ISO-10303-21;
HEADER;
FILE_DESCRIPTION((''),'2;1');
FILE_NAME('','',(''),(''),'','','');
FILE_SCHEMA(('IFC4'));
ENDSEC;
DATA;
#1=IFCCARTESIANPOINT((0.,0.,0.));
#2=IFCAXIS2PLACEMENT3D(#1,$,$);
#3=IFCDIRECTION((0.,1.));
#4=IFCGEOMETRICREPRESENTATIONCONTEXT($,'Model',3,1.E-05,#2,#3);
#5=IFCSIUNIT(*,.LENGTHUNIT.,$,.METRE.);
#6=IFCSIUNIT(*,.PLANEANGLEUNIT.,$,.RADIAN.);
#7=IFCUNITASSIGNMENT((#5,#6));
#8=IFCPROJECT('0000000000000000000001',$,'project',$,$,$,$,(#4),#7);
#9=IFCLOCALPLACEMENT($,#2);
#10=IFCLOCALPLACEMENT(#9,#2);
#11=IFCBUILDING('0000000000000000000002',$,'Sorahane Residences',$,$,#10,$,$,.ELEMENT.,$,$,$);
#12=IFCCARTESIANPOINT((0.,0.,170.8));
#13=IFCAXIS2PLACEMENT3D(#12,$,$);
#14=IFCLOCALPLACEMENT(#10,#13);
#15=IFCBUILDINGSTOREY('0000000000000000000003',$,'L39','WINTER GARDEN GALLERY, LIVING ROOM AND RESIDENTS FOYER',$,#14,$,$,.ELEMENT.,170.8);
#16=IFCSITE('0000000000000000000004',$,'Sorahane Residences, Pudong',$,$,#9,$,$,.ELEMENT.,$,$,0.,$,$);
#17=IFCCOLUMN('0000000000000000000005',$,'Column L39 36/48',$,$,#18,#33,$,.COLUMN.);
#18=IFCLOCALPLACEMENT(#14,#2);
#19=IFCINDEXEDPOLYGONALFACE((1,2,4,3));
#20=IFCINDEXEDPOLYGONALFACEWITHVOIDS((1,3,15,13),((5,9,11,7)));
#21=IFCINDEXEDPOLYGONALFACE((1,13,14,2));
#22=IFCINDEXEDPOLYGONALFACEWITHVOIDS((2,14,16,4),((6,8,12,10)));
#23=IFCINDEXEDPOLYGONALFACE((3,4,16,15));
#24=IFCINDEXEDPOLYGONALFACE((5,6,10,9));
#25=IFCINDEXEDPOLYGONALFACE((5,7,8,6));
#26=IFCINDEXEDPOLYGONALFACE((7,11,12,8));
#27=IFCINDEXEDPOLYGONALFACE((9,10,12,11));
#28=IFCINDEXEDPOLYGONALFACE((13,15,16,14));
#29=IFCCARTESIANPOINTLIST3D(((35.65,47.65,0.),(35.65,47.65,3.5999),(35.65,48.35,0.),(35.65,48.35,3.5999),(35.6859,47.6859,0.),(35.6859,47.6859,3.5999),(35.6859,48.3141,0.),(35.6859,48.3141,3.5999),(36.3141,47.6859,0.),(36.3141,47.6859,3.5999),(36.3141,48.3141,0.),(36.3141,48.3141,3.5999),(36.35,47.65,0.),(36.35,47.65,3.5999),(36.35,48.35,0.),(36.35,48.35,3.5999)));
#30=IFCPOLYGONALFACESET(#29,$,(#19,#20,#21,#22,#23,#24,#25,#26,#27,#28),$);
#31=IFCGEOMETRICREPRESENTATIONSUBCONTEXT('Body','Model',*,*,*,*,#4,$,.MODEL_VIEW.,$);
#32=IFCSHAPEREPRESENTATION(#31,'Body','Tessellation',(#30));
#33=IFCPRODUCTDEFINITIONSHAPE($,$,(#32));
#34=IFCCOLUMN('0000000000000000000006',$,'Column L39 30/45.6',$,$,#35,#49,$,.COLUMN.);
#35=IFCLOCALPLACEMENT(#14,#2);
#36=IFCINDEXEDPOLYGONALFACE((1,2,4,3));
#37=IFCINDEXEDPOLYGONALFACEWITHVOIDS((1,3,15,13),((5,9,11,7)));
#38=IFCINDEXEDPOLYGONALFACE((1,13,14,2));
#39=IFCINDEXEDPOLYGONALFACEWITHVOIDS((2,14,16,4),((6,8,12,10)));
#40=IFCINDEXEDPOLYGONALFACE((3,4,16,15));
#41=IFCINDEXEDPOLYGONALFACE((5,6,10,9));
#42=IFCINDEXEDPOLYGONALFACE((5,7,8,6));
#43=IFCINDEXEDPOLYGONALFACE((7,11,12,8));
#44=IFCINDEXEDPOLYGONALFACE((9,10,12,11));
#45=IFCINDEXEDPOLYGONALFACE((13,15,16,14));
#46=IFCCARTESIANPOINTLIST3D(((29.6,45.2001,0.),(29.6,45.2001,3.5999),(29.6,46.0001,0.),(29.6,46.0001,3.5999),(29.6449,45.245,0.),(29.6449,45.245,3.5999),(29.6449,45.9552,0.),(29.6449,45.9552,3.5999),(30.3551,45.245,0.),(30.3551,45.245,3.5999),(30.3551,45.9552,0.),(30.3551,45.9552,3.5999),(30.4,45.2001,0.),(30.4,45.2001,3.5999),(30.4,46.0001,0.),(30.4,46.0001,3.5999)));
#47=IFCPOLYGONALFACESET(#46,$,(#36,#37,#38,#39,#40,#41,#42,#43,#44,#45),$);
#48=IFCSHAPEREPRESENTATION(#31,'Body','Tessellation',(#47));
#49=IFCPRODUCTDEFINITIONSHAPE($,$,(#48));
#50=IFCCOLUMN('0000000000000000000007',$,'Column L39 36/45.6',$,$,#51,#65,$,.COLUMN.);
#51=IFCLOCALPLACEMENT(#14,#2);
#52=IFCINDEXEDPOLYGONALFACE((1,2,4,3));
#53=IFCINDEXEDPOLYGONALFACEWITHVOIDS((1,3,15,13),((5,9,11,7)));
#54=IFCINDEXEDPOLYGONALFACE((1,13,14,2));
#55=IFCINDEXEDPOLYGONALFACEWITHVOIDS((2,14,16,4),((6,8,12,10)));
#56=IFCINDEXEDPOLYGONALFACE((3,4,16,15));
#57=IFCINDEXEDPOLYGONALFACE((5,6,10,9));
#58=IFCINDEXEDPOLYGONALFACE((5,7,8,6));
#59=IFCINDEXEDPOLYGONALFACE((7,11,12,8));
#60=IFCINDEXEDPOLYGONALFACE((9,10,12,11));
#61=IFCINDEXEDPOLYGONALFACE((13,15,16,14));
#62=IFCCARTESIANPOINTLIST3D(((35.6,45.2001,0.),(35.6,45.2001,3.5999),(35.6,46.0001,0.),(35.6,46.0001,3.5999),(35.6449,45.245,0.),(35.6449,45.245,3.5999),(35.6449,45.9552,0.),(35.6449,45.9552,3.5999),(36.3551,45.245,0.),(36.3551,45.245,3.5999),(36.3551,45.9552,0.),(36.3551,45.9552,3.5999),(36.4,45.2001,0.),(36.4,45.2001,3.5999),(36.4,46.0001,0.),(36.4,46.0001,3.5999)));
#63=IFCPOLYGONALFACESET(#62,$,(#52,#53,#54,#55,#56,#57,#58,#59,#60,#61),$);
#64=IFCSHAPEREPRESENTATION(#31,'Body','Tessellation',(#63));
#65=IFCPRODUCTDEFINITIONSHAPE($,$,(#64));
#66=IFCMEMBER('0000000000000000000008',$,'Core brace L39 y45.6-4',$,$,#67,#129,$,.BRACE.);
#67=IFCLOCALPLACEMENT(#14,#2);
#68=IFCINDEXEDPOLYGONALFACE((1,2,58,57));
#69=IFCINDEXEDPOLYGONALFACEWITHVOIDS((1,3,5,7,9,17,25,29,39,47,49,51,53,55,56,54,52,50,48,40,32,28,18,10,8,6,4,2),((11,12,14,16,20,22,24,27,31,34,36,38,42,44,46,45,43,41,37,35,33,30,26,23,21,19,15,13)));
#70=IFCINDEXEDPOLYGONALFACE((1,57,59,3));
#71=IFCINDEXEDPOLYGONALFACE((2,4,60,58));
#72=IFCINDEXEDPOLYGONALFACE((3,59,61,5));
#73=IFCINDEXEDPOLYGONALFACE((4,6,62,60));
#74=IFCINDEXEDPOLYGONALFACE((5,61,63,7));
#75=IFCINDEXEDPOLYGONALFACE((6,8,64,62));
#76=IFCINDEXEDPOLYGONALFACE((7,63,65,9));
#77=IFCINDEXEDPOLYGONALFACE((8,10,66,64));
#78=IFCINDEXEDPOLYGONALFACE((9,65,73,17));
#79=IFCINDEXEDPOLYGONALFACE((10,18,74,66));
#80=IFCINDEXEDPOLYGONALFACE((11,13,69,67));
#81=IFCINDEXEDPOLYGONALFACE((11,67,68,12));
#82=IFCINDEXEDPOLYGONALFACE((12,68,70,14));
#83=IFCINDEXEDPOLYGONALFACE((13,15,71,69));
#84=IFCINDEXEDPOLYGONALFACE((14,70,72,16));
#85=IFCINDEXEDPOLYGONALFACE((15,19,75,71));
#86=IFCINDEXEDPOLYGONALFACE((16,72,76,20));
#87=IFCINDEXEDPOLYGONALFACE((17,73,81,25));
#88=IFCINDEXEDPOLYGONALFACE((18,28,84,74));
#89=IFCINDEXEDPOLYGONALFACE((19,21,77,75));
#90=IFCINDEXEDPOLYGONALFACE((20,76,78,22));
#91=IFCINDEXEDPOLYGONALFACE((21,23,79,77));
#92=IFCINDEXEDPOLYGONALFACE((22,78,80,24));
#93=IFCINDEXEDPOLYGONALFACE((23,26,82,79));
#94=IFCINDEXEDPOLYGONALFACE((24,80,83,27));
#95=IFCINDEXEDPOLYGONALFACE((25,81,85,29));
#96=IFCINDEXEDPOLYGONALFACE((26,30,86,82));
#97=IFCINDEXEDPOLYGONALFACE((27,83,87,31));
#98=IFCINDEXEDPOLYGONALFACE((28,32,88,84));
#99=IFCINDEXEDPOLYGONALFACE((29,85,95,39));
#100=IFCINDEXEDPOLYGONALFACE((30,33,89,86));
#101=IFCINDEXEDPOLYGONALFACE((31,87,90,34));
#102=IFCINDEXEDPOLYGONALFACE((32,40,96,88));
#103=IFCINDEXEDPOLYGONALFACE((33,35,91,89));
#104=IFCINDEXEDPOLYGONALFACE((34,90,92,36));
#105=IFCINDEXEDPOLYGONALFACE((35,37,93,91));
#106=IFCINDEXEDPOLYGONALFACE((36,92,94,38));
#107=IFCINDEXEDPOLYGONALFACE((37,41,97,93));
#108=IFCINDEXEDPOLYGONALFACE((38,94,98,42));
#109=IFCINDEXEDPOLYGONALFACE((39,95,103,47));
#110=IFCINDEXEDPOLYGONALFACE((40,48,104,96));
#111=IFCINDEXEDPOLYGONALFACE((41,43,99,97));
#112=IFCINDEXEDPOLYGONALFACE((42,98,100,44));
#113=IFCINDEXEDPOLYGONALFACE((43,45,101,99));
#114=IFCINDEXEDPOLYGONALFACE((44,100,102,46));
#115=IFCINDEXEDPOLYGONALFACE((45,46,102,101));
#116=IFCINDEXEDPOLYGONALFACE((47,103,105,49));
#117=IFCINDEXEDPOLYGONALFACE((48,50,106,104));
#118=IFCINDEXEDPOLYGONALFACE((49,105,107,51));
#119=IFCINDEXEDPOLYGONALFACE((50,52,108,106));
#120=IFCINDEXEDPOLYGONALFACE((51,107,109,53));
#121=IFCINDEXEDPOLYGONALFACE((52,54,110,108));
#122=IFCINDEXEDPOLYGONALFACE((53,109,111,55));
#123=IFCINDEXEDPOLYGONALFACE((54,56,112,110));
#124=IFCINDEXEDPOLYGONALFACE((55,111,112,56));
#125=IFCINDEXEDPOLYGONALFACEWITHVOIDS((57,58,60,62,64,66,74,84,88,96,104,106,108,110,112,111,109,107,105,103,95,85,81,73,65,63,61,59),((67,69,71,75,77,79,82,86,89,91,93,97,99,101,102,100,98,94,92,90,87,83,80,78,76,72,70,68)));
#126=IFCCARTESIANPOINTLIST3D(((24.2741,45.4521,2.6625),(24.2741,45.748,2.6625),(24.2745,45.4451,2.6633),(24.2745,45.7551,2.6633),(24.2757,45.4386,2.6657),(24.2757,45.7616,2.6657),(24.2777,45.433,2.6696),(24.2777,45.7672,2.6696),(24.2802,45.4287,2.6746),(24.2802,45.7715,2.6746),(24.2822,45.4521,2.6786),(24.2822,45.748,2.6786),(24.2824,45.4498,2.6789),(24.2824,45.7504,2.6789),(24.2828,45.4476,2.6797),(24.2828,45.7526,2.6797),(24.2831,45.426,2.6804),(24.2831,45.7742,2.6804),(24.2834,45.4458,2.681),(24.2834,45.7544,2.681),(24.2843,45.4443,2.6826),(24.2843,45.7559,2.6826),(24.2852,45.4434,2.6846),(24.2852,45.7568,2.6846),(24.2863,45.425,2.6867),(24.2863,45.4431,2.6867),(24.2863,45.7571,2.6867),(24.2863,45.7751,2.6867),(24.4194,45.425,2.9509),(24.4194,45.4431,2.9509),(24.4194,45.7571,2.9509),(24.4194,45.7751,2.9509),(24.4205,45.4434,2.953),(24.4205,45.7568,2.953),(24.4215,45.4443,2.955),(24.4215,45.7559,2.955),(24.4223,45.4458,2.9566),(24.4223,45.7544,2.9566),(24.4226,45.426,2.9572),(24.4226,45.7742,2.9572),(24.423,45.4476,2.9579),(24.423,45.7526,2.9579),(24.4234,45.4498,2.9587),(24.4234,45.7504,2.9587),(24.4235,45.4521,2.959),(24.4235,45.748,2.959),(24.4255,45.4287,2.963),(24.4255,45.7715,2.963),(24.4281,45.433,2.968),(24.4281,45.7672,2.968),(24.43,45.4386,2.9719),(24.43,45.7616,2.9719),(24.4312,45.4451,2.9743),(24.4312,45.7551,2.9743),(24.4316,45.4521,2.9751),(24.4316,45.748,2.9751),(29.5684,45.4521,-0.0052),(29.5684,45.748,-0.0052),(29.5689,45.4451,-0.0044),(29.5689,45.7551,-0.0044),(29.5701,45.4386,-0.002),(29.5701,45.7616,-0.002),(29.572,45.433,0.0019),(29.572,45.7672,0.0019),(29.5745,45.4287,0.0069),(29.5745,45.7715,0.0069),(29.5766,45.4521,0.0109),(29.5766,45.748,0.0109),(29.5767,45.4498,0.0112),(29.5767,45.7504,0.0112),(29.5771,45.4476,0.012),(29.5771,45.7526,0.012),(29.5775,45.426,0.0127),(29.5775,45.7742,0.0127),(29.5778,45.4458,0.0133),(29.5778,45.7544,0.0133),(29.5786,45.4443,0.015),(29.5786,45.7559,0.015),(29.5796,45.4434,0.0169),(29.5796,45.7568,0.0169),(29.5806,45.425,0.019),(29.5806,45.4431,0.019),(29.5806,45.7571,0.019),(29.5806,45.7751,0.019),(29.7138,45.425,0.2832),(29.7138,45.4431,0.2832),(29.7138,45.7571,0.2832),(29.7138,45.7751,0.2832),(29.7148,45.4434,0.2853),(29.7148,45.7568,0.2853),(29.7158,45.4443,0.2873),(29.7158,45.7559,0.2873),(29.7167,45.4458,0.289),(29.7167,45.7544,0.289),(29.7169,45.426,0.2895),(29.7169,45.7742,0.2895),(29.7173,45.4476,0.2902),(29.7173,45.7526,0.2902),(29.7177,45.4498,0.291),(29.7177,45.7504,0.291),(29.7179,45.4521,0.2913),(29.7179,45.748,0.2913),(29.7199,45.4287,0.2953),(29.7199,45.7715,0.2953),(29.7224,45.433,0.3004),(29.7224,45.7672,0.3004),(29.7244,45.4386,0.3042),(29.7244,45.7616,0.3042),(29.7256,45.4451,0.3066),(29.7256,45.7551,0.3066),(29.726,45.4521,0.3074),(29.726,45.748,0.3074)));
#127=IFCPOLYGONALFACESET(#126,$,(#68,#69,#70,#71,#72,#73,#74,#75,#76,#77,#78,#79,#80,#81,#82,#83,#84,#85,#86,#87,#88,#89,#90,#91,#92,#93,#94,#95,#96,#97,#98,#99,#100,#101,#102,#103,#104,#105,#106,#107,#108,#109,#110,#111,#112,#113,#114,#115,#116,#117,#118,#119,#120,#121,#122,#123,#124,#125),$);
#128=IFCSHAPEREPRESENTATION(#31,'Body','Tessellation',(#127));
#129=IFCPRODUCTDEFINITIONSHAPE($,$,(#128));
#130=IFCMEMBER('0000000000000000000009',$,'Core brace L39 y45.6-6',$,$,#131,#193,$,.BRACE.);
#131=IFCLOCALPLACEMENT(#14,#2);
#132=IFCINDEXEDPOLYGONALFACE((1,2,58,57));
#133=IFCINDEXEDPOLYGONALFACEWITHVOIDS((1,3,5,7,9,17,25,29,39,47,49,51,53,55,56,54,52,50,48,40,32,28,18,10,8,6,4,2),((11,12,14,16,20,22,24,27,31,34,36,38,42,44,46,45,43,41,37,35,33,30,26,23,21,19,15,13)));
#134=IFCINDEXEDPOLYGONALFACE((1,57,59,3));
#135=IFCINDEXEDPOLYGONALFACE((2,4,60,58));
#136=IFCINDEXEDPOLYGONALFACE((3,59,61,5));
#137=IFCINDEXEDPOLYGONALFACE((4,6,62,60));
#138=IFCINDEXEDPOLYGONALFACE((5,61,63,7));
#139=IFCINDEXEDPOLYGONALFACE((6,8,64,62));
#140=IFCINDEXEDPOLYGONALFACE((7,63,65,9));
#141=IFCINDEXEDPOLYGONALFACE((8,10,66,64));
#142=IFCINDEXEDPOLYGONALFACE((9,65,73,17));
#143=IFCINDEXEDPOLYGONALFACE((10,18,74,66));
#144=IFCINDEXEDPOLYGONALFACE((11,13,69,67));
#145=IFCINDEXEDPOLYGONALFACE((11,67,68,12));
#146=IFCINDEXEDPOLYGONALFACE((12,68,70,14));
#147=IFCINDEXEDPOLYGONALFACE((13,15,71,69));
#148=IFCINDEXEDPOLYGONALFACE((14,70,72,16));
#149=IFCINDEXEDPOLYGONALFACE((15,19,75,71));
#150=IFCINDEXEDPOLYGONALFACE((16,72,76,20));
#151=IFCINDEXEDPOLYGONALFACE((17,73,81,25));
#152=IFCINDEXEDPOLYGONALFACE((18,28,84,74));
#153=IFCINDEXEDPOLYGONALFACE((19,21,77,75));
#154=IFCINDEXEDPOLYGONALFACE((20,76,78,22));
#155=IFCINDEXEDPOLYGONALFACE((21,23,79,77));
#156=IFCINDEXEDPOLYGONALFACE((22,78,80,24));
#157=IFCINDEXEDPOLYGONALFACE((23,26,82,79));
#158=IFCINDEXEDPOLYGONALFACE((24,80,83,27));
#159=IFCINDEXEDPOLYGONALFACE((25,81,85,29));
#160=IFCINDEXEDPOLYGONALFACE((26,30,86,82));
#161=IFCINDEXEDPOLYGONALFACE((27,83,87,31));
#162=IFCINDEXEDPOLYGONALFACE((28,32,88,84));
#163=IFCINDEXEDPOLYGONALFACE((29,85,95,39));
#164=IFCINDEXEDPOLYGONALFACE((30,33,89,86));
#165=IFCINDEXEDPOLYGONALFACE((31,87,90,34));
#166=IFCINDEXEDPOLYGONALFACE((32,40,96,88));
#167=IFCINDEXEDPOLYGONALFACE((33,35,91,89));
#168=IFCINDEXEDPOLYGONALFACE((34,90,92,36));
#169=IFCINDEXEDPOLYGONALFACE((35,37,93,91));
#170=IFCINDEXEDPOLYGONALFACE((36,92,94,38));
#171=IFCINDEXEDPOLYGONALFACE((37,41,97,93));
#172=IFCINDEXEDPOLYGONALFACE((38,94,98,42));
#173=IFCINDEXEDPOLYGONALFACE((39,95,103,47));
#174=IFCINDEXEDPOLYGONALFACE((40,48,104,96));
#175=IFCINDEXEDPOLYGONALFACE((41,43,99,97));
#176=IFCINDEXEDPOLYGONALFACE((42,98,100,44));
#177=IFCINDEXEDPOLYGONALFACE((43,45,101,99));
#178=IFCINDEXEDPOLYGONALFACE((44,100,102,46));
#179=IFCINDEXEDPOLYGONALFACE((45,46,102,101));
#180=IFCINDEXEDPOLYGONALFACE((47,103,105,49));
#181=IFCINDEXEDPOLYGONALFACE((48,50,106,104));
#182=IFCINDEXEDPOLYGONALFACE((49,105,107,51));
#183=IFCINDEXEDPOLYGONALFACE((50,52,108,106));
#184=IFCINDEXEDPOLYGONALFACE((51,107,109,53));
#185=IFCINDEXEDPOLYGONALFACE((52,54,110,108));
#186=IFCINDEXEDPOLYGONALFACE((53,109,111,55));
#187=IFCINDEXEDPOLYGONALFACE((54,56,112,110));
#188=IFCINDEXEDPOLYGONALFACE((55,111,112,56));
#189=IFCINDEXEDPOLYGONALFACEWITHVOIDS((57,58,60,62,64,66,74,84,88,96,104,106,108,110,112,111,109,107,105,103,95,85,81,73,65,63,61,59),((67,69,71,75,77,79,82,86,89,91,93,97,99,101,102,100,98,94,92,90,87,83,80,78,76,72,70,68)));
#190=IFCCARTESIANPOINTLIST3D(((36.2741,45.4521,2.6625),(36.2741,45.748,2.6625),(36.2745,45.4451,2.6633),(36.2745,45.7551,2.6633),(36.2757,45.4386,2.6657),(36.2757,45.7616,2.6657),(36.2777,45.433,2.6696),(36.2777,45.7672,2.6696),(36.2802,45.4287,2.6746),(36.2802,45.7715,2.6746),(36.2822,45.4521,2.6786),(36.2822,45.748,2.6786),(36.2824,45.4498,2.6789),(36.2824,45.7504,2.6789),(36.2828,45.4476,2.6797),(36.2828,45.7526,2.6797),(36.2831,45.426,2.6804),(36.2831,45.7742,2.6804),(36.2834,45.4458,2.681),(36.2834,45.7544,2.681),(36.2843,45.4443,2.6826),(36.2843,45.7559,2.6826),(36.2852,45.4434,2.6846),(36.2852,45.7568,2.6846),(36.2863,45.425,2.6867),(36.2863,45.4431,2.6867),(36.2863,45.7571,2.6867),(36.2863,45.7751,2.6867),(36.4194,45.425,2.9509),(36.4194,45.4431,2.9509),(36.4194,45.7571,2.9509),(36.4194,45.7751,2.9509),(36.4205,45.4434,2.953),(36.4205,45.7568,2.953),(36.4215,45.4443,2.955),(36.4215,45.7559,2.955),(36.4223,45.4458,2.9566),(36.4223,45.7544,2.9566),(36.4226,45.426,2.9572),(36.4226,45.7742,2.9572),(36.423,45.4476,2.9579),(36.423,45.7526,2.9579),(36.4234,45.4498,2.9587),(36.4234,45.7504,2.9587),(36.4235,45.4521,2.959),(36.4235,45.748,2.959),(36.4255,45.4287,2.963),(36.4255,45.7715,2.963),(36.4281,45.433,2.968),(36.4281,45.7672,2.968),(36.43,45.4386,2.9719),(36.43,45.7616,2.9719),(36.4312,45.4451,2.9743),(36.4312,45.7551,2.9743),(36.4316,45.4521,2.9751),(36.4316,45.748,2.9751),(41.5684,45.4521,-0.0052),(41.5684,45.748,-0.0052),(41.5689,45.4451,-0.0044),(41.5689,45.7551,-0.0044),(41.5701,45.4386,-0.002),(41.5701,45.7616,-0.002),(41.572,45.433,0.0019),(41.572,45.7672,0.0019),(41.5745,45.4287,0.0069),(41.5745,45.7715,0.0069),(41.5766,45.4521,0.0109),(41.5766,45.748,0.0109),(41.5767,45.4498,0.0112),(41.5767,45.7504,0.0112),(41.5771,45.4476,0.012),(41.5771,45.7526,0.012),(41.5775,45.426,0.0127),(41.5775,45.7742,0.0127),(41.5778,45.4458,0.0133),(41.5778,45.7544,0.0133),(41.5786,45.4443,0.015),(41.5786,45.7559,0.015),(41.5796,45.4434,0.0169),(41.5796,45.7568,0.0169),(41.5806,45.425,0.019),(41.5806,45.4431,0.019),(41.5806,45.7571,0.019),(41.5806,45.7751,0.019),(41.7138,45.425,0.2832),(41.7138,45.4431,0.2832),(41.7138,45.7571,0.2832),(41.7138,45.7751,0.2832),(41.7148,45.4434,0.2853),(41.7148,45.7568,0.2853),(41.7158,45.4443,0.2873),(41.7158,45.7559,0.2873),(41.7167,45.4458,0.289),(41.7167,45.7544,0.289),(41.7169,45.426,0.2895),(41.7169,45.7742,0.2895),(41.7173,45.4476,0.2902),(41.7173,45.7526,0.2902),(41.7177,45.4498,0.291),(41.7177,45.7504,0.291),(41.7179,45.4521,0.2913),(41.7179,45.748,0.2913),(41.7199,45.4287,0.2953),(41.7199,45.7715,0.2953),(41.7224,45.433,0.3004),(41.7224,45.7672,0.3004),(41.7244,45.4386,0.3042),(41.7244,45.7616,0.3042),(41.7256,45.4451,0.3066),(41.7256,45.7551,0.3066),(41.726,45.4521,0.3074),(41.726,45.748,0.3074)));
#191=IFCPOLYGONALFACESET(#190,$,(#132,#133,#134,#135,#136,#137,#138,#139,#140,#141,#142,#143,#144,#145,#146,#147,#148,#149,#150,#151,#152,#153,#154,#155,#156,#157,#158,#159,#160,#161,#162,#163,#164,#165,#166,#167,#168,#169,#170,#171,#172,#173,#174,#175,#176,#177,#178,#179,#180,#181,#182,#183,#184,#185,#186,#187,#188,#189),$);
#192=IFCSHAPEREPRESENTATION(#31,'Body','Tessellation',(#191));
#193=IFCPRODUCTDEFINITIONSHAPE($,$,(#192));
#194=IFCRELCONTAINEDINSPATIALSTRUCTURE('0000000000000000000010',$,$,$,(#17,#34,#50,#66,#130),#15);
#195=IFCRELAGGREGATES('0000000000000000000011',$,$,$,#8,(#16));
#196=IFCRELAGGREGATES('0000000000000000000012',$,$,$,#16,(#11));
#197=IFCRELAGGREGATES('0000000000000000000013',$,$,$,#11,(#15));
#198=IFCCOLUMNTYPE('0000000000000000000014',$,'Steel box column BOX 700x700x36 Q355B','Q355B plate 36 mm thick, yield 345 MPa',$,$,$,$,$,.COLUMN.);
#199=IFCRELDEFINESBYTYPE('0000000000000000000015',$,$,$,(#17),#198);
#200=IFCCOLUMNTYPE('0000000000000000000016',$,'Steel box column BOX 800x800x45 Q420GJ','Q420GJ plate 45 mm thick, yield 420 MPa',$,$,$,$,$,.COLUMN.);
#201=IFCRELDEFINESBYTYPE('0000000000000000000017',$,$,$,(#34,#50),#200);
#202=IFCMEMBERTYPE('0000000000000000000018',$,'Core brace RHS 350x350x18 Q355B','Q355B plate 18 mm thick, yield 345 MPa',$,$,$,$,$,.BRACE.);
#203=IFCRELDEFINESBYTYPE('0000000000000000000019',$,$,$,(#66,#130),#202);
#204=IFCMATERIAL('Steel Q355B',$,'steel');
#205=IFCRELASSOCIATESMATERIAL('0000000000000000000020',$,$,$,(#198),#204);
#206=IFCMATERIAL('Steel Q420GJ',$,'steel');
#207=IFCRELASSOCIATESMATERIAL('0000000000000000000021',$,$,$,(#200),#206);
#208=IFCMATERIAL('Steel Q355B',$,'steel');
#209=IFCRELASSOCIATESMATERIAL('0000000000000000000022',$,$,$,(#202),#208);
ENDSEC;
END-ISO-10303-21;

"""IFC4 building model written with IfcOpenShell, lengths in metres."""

from ifc_helpers import new_model, si_unit, direction, frame, origin, origin_2d, place, context, subcontext, project, spatial, hollow_rectangle, extrude, material, material_profile, profile_set, type_object, element, save


model = new_model("IFC4")

# Units and contexts
model_context = context("Model", 3, precision=1e-05, world=origin(), true_north=direction((0.0, 1.0)))
body_context = subcontext(model_context, "Body", "Model", "MODEL_VIEW")
ifc_project = project(units=[si_unit("LENGTHUNIT", "METRE"), si_unit("PLANEANGLEUNIT", "RADIAN")], contexts=[model_context])

# Site, building, storey
site_placement = place(None, origin())
site = spatial("IfcSite", under=ifc_project, at=site_placement, Name="Sorahane Residences, Pudong", CompositionType="ELEMENT", RefElevation=0.0)
building_placement = place(site_placement, origin())
building = spatial("IfcBuilding", under=site, at=building_placement, Name="Sorahane Residences", CompositionType="ELEMENT")
storey_placement = place(building_placement, frame((0.0, 0.0, 170.8)))
storey = spatial("IfcBuildingStorey", under=building, at=storey_placement, Name="L39", Description="WINTER GARDEN GALLERY, LIVING ROOM AND RESIDENTS FOYER", CompositionType="ELEMENT", Elevation=170.8)

# Columns
ifc_material_1 = material(Name="Steel Q355B", Category="steel")
ifc_material_profile_1 = material_profile(ifc_material_1, hollow_rectangle(XDim=0.7, YDim=0.7, WallThickness=0.0359, at=origin_2d()), Name="BOX 700x700x36")
ifc_profile_set_1 = profile_set([ifc_material_profile_1], Name="Steel Q355B")
column_type_1 = type_object("IfcColumnType", Name="Steel box column BOX 700x700x36 Q355B", Description="Q355B plate 36 mm thick, yield 345 MPa", PredefinedType="COLUMN", material=ifc_profile_set_1)
column_placement = place(storey_placement, frame((36.0, 48.0, 0.0), z_axis=(0.0, 0.0, 1.0), x_axis=(1.0, 0.0, 0.0)))
element("IfcColumn", 1, at=column_placement, inside=storey, type_object=column_type_1, Name="Column L39 36/48", PredefinedType="COLUMN", context=body_context, shape_type="SweptSolid", body=[
    extrude(hollow_rectangle(XDim=0.7, YDim=0.7, WallThickness=0.0359, at=origin_2d()), origin(), (0.0, 0.0, 1.0), 3.5999),
])
ifc_material_2 = material(Name="Steel Q420GJ", Category="steel")
ifc_material_profile_2 = material_profile(ifc_material_2, hollow_rectangle(XDim=0.8, YDim=0.8, WallThickness=0.0449, at=origin_2d()), Name="BOX 800x800x45")
ifc_profile_set_2 = profile_set([ifc_material_profile_2], Name="Steel Q420GJ")
column_type_2 = type_object("IfcColumnType", Name="Steel box column BOX 800x800x45 Q420GJ", Description="Q420GJ plate 45 mm thick, yield 420 MPa", PredefinedType="COLUMN", material=ifc_profile_set_2)
for number, where, z_axis, x_axis, name in (
    (2, (30.0, 45.6001, 0.0), (0.0, 0.0, 1.0), (1.0, 0.0, 0.0), "Column L39 30/45.6"),
    (3, (36.0, 45.6001, 0.0), (0.0, 0.0, 1.0), (1.0, 0.0, 0.0), "Column L39 36/45.6"),
):
    element("IfcColumn", number, at=place(storey_placement, frame(where, z_axis=z_axis, x_axis=x_axis)), inside=storey, type_object=column_type_2, Name=name, PredefinedType="COLUMN", context=body_context, shape_type="SweptSolid", body=[
        extrude(hollow_rectangle(XDim=0.8, YDim=0.8, WallThickness=0.0449, at=origin_2d()), origin(), (0.0, 0.0, 1.0), 3.5999),
    ])

# Members
ifc_material_3 = material(Name="Steel Q355B", Category="steel")
ifc_material_profile_3 = material_profile(ifc_material_3, hollow_rectangle(XDim=0.3501, YDim=0.3501, WallThickness=0.0181, InnerFilletRadius=0.009, OuterFilletRadius=0.0271, at=origin_2d()), Name="RHS 350x350x18")
ifc_profile_set_3 = profile_set([ifc_material_profile_3], Name="Steel Q355B")
member_type_1 = type_object("IfcMemberType", Name="Core brace RHS 350x350x18 Q355B", Description="Q355B plate 18 mm thick, yield 345 MPa", PredefinedType="BRACE", material=ifc_profile_set_3)
for number, where, z_axis, x_axis, name in (
    (4, (29.6472, 45.6001, 0.1511), (-0.893039, 0.0, 0.449979), (0.0, -1.0, 0.0), "Core brace L39 y45.6-4"),
    (5, (41.6472, 45.6001, 0.1511), (-0.893039, 0.0, 0.449979), (0.0, -1.0, 0.0), "Core brace L39 y45.6-6"),
):
    element("IfcMember", number, at=place(storey_placement, frame(where, z_axis=z_axis, x_axis=x_axis)), inside=storey, type_object=member_type_1, Name=name, PredefinedType="BRACE", context=body_context, shape_type="SweptSolid", body=[
        extrude(hollow_rectangle(XDim=0.3501, YDim=0.3501, WallThickness=0.0181, InnerFilletRadius=0.009, OuterFilletRadius=0.0271, at=origin_2d()), origin(), (0.0, 0.0, 1.0), 5.9285),
    ])

save(model, "model.ifc")
